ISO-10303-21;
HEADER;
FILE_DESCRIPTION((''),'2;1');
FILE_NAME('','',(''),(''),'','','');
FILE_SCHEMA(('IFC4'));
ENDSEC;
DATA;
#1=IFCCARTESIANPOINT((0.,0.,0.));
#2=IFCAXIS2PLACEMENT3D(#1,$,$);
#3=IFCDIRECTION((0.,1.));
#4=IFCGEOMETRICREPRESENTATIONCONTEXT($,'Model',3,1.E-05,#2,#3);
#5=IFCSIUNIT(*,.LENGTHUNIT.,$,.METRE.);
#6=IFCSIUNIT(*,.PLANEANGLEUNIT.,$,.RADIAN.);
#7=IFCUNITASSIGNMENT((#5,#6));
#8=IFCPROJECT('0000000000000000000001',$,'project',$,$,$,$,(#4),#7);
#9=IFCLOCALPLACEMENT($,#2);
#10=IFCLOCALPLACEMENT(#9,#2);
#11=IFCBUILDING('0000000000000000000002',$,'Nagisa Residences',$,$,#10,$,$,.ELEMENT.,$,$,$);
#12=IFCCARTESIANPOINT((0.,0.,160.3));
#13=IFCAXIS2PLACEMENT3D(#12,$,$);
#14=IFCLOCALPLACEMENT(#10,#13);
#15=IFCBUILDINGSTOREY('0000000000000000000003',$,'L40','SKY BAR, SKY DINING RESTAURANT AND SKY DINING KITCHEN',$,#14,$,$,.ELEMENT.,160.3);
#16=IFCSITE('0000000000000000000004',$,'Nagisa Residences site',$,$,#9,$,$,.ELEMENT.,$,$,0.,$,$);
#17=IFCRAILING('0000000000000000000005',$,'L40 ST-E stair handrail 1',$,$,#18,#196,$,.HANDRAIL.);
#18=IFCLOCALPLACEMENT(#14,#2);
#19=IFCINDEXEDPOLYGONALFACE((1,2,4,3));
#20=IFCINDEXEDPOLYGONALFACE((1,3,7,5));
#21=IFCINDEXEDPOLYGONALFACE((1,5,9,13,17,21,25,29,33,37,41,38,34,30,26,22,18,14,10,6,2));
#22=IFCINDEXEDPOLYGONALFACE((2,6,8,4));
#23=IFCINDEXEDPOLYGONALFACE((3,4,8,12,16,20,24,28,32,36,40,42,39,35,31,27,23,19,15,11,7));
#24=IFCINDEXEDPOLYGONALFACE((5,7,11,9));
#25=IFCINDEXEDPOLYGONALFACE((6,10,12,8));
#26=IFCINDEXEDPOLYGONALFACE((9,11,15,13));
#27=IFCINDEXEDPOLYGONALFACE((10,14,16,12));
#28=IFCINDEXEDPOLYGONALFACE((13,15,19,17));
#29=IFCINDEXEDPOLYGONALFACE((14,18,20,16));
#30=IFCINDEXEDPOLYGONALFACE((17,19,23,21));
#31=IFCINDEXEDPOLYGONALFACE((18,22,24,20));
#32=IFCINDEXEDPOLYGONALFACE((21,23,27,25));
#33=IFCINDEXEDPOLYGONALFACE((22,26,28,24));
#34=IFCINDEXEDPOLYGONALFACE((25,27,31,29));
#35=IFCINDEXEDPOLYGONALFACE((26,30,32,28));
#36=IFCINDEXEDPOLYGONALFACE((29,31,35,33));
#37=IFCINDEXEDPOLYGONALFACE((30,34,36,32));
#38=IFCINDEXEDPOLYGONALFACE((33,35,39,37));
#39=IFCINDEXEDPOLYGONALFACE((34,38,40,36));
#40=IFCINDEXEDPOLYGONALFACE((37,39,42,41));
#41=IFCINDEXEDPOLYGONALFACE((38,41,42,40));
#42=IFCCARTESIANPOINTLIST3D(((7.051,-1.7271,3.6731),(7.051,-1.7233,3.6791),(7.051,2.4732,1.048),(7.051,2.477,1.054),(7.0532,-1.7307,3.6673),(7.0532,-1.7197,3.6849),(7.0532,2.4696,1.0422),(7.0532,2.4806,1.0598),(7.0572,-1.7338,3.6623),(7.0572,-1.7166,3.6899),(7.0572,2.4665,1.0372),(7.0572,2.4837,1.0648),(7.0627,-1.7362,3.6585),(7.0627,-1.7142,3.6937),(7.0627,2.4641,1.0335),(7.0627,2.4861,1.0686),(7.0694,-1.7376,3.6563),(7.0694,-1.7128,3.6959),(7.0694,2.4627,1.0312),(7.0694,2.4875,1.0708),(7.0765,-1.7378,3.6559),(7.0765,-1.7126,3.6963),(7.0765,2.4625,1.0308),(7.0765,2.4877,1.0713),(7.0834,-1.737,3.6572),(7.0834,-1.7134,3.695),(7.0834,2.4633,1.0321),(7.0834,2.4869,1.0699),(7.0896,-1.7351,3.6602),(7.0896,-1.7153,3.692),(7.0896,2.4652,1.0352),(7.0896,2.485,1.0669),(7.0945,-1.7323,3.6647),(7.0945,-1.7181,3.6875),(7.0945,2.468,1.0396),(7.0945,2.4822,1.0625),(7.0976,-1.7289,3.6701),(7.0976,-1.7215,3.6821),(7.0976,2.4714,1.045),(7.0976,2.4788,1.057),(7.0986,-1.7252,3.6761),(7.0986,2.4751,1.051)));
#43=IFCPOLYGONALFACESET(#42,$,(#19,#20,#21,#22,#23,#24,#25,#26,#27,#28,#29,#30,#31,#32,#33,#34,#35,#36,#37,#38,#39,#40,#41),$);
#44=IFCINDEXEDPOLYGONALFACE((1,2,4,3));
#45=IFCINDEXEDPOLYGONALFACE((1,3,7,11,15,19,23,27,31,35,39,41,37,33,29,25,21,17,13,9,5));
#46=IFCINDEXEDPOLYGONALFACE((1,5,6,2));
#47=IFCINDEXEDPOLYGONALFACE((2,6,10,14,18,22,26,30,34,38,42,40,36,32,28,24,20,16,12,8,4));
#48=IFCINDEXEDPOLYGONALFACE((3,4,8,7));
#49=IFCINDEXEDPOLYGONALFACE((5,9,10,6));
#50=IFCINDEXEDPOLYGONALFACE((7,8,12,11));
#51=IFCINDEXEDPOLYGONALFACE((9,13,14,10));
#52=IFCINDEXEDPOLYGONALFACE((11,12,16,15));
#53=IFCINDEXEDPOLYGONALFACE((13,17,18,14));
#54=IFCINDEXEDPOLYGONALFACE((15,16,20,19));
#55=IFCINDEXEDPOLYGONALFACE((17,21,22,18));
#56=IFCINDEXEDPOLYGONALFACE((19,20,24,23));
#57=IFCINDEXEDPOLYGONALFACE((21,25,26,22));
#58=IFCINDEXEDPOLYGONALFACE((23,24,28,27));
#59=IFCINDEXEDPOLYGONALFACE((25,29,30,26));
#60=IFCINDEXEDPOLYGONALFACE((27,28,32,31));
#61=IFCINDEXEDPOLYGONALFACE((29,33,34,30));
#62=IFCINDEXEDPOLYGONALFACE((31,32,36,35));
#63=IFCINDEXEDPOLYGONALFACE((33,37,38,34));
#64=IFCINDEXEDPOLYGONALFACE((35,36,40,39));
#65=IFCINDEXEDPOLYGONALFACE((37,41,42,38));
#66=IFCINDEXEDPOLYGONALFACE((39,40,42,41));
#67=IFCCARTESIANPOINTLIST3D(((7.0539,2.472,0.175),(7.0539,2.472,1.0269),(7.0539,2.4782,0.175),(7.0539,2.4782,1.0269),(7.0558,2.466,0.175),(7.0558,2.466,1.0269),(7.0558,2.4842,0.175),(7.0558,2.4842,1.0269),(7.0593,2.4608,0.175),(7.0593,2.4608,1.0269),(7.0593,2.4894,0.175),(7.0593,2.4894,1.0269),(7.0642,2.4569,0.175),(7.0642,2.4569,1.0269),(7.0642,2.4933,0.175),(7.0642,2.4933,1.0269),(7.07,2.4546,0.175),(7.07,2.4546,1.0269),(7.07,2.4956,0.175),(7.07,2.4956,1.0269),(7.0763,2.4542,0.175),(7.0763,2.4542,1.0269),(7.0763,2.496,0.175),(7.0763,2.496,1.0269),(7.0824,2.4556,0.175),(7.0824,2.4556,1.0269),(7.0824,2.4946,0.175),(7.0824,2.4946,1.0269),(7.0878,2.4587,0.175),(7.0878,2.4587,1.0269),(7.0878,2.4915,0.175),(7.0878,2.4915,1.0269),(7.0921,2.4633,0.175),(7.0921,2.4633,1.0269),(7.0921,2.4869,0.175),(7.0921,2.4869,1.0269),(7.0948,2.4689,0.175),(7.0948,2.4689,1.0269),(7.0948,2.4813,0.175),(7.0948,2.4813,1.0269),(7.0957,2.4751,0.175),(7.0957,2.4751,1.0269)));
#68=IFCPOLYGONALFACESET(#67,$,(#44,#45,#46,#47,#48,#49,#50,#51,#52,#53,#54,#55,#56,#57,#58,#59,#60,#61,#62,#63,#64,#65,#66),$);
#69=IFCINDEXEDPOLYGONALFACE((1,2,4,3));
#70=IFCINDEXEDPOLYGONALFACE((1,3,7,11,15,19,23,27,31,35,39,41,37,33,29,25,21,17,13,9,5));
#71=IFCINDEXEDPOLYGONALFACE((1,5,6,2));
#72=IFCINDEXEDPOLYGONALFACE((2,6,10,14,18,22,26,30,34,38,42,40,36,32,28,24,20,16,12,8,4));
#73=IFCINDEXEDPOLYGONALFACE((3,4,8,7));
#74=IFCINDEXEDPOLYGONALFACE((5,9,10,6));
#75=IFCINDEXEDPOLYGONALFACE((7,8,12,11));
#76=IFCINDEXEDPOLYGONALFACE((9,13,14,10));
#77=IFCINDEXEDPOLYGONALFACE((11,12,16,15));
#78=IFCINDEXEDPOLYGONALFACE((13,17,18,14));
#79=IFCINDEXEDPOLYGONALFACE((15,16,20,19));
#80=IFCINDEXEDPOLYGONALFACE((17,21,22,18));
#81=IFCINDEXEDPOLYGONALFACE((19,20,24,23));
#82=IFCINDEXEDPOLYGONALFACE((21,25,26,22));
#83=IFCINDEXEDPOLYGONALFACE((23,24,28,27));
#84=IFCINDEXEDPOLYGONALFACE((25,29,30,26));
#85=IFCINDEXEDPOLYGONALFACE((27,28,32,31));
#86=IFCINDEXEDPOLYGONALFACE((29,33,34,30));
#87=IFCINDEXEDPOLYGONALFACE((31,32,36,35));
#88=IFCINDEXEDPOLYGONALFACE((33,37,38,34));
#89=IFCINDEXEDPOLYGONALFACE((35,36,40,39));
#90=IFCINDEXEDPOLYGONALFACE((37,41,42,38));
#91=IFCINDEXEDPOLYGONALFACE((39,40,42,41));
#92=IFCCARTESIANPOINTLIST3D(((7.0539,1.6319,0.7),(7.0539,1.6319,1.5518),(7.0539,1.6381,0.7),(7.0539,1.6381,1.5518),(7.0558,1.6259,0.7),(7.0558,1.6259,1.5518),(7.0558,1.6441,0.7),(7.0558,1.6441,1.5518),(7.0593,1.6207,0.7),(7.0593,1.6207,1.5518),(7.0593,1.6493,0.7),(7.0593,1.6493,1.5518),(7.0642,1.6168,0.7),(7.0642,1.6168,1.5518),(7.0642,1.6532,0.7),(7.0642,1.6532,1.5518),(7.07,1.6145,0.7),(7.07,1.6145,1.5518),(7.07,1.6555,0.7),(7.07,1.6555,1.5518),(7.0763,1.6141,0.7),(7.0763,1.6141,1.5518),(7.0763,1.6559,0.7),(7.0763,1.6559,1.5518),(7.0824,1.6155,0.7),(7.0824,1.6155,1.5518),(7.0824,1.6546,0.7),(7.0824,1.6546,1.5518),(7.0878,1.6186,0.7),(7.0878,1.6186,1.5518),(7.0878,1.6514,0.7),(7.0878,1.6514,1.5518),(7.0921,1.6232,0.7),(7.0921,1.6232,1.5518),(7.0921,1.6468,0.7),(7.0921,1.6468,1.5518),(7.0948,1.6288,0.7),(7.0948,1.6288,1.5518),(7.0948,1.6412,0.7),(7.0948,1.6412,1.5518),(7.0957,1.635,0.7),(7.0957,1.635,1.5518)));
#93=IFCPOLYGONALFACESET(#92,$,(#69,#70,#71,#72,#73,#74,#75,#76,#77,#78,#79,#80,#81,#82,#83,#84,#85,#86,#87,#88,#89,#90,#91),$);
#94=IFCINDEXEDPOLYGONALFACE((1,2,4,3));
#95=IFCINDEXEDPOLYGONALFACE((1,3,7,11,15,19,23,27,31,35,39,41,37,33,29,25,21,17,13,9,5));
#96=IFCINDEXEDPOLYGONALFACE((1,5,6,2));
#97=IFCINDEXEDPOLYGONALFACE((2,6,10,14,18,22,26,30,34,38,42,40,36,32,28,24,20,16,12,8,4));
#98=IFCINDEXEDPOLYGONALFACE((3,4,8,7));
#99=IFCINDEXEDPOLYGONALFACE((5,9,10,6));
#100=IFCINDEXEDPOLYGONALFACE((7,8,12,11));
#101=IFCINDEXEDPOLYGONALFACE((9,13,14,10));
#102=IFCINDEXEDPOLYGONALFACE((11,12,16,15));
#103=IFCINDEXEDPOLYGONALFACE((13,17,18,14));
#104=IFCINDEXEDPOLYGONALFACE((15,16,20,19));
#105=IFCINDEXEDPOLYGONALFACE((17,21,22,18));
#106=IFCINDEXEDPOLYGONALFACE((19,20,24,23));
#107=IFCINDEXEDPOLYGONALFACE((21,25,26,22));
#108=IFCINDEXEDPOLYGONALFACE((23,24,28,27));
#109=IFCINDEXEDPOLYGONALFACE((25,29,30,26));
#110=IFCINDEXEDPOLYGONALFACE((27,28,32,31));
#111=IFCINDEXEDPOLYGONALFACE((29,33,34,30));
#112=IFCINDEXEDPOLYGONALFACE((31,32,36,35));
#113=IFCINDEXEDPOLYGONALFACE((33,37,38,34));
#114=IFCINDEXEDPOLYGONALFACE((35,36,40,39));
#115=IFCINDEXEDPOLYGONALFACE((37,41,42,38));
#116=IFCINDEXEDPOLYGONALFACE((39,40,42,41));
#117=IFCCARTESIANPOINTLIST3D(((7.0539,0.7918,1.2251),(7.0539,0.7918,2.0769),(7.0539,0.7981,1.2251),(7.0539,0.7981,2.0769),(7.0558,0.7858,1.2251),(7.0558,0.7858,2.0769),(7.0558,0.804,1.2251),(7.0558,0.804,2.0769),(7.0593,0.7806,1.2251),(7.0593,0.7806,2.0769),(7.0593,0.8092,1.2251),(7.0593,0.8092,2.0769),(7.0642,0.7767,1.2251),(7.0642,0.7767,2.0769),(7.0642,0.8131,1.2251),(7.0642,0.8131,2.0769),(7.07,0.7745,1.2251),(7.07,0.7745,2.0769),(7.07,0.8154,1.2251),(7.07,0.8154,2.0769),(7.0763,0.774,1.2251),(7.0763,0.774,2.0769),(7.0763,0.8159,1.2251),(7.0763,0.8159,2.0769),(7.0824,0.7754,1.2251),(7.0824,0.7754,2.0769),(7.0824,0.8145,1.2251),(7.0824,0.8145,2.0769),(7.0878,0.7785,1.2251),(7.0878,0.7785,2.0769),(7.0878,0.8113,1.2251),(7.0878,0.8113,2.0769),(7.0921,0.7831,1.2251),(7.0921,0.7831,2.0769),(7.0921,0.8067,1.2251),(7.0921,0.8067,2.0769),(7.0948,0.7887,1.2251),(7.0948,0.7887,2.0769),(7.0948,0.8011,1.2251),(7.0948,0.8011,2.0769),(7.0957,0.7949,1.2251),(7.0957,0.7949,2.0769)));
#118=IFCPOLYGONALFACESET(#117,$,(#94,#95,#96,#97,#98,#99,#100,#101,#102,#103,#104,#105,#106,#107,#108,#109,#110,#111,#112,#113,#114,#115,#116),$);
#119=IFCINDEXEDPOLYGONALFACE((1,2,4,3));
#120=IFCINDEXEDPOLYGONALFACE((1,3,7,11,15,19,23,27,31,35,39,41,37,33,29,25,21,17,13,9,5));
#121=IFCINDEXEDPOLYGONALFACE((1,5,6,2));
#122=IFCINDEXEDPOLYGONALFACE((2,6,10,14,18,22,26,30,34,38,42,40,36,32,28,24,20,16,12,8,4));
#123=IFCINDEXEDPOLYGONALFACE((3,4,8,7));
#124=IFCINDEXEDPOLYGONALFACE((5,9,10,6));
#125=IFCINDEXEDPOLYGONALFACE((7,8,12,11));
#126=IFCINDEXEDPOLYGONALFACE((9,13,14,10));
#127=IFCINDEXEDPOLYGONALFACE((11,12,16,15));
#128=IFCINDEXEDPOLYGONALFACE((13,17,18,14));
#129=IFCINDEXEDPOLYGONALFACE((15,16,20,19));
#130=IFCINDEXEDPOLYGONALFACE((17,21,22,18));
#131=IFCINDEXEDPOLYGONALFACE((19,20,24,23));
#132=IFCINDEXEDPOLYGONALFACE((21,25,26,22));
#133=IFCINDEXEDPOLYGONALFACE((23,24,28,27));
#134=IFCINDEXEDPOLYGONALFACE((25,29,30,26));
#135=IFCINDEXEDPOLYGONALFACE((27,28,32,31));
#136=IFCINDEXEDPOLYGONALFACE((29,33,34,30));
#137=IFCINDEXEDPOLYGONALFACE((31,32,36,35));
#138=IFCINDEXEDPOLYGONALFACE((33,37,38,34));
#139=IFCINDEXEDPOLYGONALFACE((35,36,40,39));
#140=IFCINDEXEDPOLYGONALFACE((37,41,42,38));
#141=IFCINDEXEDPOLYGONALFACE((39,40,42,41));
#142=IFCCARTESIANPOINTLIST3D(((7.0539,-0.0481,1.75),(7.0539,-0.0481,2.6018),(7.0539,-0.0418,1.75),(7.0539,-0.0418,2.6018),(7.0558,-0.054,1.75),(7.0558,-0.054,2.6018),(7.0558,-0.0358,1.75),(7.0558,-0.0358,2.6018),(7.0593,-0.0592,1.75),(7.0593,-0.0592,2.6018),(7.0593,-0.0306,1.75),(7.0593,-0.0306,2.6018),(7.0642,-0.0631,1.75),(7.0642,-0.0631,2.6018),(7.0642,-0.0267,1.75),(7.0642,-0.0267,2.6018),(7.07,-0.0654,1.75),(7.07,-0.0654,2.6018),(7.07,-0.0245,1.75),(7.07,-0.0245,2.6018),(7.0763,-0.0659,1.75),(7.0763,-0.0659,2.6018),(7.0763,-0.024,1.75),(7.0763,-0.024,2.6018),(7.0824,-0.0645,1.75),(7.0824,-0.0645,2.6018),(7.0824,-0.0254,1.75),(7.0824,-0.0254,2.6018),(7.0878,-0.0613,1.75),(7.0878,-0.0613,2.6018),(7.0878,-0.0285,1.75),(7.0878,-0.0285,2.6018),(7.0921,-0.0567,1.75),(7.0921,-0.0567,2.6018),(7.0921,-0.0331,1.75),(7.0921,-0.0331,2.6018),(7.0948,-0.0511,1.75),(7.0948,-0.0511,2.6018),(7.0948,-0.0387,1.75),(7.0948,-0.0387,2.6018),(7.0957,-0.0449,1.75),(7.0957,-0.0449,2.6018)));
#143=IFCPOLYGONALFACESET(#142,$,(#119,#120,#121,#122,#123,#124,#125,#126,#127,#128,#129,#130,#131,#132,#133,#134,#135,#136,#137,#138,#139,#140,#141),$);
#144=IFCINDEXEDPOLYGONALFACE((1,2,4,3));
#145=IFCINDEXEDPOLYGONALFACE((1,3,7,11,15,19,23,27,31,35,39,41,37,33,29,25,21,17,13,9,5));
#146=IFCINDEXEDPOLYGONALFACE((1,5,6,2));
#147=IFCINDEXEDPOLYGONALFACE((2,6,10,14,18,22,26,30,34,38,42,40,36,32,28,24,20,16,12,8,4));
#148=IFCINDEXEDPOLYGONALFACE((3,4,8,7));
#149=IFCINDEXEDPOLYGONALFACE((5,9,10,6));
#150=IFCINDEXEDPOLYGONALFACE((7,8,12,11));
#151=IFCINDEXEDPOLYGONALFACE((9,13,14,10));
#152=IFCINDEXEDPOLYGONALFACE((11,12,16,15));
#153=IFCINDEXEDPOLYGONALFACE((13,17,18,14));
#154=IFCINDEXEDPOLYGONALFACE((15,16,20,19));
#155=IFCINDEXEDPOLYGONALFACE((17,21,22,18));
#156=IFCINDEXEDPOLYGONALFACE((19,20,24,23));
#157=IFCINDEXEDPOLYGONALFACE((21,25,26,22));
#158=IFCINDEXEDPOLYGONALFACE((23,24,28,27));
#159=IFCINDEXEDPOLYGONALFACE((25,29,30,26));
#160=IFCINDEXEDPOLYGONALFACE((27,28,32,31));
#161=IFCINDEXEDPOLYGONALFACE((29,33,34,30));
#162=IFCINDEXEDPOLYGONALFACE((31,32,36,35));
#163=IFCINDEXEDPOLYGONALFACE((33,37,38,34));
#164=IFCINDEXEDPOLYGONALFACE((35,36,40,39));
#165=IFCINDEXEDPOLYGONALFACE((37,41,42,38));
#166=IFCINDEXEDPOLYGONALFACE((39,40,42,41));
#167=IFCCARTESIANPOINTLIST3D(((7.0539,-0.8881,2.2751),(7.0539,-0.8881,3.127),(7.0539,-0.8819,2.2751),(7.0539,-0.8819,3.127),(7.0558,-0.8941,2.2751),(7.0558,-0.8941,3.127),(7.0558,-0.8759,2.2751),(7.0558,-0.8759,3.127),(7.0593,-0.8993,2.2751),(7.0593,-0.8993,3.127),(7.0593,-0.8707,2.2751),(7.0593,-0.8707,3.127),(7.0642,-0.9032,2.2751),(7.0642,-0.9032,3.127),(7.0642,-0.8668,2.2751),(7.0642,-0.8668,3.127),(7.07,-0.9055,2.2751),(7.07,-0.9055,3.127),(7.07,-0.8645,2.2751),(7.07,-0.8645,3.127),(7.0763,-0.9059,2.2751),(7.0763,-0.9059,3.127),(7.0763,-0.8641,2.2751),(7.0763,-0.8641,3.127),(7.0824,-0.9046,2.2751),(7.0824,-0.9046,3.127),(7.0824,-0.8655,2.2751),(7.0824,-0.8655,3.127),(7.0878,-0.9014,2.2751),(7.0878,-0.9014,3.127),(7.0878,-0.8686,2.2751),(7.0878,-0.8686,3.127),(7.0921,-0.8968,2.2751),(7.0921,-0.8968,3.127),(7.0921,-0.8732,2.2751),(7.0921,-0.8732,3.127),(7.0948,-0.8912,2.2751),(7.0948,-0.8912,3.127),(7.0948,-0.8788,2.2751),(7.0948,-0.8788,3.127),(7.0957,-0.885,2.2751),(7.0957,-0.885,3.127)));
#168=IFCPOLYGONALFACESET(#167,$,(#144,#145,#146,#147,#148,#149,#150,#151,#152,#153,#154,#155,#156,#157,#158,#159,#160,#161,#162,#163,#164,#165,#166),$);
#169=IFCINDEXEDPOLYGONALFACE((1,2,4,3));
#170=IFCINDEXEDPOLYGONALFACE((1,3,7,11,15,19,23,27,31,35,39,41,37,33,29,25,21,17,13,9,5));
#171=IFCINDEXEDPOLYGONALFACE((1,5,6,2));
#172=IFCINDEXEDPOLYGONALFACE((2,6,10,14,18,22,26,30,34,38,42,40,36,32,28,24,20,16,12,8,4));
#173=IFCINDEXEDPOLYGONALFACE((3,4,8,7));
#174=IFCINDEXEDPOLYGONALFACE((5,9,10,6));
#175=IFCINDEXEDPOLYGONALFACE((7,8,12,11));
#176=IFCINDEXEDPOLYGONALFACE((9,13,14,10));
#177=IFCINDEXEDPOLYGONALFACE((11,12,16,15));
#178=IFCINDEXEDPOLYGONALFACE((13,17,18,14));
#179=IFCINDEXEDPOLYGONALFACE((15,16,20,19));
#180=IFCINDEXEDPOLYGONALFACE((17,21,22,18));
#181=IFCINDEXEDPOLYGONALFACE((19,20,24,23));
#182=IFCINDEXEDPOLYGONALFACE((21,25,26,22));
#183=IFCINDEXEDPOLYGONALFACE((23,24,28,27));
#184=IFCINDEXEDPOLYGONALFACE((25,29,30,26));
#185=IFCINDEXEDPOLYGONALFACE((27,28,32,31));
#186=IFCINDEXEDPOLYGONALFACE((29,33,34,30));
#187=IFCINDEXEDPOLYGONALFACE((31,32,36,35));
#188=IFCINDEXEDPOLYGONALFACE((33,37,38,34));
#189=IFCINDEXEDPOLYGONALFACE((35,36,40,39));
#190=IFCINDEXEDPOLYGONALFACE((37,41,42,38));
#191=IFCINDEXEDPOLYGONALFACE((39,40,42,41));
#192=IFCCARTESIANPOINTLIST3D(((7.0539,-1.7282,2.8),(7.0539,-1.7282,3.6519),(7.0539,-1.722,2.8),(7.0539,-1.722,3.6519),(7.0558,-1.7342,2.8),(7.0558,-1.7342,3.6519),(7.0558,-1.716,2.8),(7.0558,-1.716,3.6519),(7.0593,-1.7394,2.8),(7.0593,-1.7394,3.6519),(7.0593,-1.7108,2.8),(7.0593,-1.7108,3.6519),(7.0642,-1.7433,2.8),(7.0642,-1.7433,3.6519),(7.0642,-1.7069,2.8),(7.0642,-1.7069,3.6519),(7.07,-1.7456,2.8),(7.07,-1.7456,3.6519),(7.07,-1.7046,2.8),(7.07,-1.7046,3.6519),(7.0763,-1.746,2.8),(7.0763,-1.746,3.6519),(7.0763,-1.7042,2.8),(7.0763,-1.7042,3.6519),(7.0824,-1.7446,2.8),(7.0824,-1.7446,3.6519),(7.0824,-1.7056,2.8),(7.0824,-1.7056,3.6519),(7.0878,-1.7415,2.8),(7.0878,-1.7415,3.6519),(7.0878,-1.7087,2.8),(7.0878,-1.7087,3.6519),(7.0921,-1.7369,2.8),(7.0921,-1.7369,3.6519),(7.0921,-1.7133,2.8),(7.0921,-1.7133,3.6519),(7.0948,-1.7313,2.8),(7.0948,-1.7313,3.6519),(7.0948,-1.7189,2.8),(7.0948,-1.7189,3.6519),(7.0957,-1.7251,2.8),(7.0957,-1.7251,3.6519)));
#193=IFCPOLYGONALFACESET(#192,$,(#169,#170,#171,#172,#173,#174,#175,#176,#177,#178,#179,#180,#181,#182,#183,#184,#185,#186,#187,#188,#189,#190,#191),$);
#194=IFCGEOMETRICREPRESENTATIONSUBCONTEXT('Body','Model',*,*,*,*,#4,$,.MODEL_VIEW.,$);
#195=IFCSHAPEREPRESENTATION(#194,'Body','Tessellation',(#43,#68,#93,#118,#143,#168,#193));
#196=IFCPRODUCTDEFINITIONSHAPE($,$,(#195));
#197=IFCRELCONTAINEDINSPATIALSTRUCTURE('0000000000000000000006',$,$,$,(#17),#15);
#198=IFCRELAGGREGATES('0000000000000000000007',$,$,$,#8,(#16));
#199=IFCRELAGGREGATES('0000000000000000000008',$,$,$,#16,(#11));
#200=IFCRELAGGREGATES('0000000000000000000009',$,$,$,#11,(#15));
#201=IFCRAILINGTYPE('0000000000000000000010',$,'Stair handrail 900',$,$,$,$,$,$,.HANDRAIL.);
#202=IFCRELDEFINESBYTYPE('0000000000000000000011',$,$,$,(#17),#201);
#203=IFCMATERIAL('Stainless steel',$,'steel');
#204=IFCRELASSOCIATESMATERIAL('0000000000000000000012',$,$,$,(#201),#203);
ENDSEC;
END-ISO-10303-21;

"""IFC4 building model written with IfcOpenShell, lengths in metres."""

from ifc_helpers import new_model, si_unit, direction, frame, origin, origin_2d, place, context, subcontext, project, spatial, circle, extrude, material, type_object, element, save


model = new_model("IFC4")

# Units and contexts
model_context = context("Model", 3, precision=1e-05, world=origin(), true_north=direction((0.0, 1.0)))
body_context = subcontext(model_context, "Body", "Model", "MODEL_VIEW")
ifc_project = project(units=[si_unit("LENGTHUNIT", "METRE"), si_unit("PLANEANGLEUNIT", "RADIAN")], contexts=[model_context])

# Site, building, storey
site_placement = place(None, origin())
site = spatial("IfcSite", under=ifc_project, at=site_placement, Name="Nagisa Residences site", CompositionType="ELEMENT", RefElevation=0.0)
building_placement = place(site_placement, origin())
building = spatial("IfcBuilding", under=site, at=building_placement, Name="Nagisa Residences", CompositionType="ELEMENT")
storey_placement = place(building_placement, frame((0.0, 0.0, 160.3)))
storey = spatial("IfcBuildingStorey", under=building, at=storey_placement, Name="L40", Description="SKY BAR, SKY DINING RESTAURANT AND SKY DINING KITCHEN", CompositionType="ELEMENT", Elevation=160.3)

# Railing
ifc_material_1 = material(Name="Stainless steel", Category="steel")
railing_type_1 = type_object("IfcRailingType", Name="Stair handrail 900", PredefinedType="HANDRAIL", material=ifc_material_1)
railing_1_placement = place(storey_placement, frame((7.0747, 2.4751, 0.175)))
element("IfcRailing", 1, at=railing_1_placement, inside=storey, type_object=railing_type_1, Name="L40 ST-E stair handrail 1", PredefinedType="HANDRAIL", context=body_context, shape_type="SweptSolid", body=[
    extrude(circle(Radius=0.0239, at=origin_2d()), frame((0.0, 0.0, 0.876), z_axis=(0.0, -0.848009, 0.529981), x_axis=(1.0, 0.0, 0.0)), (0.0, 0.0, 1.0), 4.9531),
    extrude(circle(Radius=0.021, at=origin_2d()), origin(), (0.0, 0.0, 1.0), 0.8518),
    extrude(circle(Radius=0.021, at=origin_2d()), frame((0.0, -0.8401, 0.5249)), (0.0, 0.0, 1.0), 0.8518),
    extrude(circle(Radius=0.021, at=origin_2d()), frame((0.0, -1.6802, 1.05)), (0.0, 0.0, 1.0), 0.8518),
    extrude(circle(Radius=0.021, at=origin_2d()), frame((0.0, -2.52, 1.575)), (0.0, 0.0, 1.0), 0.8518),
    extrude(circle(Radius=0.021, at=origin_2d()), frame((0.0, -3.3601, 2.1001)), (0.0, 0.0, 1.0), 0.8518),
    extrude(circle(Radius=0.021, at=origin_2d()), frame((0.0, -4.2002, 2.625)), (0.0, 0.0, 1.0), 0.8518),
])

save(model, "model.ifc")
